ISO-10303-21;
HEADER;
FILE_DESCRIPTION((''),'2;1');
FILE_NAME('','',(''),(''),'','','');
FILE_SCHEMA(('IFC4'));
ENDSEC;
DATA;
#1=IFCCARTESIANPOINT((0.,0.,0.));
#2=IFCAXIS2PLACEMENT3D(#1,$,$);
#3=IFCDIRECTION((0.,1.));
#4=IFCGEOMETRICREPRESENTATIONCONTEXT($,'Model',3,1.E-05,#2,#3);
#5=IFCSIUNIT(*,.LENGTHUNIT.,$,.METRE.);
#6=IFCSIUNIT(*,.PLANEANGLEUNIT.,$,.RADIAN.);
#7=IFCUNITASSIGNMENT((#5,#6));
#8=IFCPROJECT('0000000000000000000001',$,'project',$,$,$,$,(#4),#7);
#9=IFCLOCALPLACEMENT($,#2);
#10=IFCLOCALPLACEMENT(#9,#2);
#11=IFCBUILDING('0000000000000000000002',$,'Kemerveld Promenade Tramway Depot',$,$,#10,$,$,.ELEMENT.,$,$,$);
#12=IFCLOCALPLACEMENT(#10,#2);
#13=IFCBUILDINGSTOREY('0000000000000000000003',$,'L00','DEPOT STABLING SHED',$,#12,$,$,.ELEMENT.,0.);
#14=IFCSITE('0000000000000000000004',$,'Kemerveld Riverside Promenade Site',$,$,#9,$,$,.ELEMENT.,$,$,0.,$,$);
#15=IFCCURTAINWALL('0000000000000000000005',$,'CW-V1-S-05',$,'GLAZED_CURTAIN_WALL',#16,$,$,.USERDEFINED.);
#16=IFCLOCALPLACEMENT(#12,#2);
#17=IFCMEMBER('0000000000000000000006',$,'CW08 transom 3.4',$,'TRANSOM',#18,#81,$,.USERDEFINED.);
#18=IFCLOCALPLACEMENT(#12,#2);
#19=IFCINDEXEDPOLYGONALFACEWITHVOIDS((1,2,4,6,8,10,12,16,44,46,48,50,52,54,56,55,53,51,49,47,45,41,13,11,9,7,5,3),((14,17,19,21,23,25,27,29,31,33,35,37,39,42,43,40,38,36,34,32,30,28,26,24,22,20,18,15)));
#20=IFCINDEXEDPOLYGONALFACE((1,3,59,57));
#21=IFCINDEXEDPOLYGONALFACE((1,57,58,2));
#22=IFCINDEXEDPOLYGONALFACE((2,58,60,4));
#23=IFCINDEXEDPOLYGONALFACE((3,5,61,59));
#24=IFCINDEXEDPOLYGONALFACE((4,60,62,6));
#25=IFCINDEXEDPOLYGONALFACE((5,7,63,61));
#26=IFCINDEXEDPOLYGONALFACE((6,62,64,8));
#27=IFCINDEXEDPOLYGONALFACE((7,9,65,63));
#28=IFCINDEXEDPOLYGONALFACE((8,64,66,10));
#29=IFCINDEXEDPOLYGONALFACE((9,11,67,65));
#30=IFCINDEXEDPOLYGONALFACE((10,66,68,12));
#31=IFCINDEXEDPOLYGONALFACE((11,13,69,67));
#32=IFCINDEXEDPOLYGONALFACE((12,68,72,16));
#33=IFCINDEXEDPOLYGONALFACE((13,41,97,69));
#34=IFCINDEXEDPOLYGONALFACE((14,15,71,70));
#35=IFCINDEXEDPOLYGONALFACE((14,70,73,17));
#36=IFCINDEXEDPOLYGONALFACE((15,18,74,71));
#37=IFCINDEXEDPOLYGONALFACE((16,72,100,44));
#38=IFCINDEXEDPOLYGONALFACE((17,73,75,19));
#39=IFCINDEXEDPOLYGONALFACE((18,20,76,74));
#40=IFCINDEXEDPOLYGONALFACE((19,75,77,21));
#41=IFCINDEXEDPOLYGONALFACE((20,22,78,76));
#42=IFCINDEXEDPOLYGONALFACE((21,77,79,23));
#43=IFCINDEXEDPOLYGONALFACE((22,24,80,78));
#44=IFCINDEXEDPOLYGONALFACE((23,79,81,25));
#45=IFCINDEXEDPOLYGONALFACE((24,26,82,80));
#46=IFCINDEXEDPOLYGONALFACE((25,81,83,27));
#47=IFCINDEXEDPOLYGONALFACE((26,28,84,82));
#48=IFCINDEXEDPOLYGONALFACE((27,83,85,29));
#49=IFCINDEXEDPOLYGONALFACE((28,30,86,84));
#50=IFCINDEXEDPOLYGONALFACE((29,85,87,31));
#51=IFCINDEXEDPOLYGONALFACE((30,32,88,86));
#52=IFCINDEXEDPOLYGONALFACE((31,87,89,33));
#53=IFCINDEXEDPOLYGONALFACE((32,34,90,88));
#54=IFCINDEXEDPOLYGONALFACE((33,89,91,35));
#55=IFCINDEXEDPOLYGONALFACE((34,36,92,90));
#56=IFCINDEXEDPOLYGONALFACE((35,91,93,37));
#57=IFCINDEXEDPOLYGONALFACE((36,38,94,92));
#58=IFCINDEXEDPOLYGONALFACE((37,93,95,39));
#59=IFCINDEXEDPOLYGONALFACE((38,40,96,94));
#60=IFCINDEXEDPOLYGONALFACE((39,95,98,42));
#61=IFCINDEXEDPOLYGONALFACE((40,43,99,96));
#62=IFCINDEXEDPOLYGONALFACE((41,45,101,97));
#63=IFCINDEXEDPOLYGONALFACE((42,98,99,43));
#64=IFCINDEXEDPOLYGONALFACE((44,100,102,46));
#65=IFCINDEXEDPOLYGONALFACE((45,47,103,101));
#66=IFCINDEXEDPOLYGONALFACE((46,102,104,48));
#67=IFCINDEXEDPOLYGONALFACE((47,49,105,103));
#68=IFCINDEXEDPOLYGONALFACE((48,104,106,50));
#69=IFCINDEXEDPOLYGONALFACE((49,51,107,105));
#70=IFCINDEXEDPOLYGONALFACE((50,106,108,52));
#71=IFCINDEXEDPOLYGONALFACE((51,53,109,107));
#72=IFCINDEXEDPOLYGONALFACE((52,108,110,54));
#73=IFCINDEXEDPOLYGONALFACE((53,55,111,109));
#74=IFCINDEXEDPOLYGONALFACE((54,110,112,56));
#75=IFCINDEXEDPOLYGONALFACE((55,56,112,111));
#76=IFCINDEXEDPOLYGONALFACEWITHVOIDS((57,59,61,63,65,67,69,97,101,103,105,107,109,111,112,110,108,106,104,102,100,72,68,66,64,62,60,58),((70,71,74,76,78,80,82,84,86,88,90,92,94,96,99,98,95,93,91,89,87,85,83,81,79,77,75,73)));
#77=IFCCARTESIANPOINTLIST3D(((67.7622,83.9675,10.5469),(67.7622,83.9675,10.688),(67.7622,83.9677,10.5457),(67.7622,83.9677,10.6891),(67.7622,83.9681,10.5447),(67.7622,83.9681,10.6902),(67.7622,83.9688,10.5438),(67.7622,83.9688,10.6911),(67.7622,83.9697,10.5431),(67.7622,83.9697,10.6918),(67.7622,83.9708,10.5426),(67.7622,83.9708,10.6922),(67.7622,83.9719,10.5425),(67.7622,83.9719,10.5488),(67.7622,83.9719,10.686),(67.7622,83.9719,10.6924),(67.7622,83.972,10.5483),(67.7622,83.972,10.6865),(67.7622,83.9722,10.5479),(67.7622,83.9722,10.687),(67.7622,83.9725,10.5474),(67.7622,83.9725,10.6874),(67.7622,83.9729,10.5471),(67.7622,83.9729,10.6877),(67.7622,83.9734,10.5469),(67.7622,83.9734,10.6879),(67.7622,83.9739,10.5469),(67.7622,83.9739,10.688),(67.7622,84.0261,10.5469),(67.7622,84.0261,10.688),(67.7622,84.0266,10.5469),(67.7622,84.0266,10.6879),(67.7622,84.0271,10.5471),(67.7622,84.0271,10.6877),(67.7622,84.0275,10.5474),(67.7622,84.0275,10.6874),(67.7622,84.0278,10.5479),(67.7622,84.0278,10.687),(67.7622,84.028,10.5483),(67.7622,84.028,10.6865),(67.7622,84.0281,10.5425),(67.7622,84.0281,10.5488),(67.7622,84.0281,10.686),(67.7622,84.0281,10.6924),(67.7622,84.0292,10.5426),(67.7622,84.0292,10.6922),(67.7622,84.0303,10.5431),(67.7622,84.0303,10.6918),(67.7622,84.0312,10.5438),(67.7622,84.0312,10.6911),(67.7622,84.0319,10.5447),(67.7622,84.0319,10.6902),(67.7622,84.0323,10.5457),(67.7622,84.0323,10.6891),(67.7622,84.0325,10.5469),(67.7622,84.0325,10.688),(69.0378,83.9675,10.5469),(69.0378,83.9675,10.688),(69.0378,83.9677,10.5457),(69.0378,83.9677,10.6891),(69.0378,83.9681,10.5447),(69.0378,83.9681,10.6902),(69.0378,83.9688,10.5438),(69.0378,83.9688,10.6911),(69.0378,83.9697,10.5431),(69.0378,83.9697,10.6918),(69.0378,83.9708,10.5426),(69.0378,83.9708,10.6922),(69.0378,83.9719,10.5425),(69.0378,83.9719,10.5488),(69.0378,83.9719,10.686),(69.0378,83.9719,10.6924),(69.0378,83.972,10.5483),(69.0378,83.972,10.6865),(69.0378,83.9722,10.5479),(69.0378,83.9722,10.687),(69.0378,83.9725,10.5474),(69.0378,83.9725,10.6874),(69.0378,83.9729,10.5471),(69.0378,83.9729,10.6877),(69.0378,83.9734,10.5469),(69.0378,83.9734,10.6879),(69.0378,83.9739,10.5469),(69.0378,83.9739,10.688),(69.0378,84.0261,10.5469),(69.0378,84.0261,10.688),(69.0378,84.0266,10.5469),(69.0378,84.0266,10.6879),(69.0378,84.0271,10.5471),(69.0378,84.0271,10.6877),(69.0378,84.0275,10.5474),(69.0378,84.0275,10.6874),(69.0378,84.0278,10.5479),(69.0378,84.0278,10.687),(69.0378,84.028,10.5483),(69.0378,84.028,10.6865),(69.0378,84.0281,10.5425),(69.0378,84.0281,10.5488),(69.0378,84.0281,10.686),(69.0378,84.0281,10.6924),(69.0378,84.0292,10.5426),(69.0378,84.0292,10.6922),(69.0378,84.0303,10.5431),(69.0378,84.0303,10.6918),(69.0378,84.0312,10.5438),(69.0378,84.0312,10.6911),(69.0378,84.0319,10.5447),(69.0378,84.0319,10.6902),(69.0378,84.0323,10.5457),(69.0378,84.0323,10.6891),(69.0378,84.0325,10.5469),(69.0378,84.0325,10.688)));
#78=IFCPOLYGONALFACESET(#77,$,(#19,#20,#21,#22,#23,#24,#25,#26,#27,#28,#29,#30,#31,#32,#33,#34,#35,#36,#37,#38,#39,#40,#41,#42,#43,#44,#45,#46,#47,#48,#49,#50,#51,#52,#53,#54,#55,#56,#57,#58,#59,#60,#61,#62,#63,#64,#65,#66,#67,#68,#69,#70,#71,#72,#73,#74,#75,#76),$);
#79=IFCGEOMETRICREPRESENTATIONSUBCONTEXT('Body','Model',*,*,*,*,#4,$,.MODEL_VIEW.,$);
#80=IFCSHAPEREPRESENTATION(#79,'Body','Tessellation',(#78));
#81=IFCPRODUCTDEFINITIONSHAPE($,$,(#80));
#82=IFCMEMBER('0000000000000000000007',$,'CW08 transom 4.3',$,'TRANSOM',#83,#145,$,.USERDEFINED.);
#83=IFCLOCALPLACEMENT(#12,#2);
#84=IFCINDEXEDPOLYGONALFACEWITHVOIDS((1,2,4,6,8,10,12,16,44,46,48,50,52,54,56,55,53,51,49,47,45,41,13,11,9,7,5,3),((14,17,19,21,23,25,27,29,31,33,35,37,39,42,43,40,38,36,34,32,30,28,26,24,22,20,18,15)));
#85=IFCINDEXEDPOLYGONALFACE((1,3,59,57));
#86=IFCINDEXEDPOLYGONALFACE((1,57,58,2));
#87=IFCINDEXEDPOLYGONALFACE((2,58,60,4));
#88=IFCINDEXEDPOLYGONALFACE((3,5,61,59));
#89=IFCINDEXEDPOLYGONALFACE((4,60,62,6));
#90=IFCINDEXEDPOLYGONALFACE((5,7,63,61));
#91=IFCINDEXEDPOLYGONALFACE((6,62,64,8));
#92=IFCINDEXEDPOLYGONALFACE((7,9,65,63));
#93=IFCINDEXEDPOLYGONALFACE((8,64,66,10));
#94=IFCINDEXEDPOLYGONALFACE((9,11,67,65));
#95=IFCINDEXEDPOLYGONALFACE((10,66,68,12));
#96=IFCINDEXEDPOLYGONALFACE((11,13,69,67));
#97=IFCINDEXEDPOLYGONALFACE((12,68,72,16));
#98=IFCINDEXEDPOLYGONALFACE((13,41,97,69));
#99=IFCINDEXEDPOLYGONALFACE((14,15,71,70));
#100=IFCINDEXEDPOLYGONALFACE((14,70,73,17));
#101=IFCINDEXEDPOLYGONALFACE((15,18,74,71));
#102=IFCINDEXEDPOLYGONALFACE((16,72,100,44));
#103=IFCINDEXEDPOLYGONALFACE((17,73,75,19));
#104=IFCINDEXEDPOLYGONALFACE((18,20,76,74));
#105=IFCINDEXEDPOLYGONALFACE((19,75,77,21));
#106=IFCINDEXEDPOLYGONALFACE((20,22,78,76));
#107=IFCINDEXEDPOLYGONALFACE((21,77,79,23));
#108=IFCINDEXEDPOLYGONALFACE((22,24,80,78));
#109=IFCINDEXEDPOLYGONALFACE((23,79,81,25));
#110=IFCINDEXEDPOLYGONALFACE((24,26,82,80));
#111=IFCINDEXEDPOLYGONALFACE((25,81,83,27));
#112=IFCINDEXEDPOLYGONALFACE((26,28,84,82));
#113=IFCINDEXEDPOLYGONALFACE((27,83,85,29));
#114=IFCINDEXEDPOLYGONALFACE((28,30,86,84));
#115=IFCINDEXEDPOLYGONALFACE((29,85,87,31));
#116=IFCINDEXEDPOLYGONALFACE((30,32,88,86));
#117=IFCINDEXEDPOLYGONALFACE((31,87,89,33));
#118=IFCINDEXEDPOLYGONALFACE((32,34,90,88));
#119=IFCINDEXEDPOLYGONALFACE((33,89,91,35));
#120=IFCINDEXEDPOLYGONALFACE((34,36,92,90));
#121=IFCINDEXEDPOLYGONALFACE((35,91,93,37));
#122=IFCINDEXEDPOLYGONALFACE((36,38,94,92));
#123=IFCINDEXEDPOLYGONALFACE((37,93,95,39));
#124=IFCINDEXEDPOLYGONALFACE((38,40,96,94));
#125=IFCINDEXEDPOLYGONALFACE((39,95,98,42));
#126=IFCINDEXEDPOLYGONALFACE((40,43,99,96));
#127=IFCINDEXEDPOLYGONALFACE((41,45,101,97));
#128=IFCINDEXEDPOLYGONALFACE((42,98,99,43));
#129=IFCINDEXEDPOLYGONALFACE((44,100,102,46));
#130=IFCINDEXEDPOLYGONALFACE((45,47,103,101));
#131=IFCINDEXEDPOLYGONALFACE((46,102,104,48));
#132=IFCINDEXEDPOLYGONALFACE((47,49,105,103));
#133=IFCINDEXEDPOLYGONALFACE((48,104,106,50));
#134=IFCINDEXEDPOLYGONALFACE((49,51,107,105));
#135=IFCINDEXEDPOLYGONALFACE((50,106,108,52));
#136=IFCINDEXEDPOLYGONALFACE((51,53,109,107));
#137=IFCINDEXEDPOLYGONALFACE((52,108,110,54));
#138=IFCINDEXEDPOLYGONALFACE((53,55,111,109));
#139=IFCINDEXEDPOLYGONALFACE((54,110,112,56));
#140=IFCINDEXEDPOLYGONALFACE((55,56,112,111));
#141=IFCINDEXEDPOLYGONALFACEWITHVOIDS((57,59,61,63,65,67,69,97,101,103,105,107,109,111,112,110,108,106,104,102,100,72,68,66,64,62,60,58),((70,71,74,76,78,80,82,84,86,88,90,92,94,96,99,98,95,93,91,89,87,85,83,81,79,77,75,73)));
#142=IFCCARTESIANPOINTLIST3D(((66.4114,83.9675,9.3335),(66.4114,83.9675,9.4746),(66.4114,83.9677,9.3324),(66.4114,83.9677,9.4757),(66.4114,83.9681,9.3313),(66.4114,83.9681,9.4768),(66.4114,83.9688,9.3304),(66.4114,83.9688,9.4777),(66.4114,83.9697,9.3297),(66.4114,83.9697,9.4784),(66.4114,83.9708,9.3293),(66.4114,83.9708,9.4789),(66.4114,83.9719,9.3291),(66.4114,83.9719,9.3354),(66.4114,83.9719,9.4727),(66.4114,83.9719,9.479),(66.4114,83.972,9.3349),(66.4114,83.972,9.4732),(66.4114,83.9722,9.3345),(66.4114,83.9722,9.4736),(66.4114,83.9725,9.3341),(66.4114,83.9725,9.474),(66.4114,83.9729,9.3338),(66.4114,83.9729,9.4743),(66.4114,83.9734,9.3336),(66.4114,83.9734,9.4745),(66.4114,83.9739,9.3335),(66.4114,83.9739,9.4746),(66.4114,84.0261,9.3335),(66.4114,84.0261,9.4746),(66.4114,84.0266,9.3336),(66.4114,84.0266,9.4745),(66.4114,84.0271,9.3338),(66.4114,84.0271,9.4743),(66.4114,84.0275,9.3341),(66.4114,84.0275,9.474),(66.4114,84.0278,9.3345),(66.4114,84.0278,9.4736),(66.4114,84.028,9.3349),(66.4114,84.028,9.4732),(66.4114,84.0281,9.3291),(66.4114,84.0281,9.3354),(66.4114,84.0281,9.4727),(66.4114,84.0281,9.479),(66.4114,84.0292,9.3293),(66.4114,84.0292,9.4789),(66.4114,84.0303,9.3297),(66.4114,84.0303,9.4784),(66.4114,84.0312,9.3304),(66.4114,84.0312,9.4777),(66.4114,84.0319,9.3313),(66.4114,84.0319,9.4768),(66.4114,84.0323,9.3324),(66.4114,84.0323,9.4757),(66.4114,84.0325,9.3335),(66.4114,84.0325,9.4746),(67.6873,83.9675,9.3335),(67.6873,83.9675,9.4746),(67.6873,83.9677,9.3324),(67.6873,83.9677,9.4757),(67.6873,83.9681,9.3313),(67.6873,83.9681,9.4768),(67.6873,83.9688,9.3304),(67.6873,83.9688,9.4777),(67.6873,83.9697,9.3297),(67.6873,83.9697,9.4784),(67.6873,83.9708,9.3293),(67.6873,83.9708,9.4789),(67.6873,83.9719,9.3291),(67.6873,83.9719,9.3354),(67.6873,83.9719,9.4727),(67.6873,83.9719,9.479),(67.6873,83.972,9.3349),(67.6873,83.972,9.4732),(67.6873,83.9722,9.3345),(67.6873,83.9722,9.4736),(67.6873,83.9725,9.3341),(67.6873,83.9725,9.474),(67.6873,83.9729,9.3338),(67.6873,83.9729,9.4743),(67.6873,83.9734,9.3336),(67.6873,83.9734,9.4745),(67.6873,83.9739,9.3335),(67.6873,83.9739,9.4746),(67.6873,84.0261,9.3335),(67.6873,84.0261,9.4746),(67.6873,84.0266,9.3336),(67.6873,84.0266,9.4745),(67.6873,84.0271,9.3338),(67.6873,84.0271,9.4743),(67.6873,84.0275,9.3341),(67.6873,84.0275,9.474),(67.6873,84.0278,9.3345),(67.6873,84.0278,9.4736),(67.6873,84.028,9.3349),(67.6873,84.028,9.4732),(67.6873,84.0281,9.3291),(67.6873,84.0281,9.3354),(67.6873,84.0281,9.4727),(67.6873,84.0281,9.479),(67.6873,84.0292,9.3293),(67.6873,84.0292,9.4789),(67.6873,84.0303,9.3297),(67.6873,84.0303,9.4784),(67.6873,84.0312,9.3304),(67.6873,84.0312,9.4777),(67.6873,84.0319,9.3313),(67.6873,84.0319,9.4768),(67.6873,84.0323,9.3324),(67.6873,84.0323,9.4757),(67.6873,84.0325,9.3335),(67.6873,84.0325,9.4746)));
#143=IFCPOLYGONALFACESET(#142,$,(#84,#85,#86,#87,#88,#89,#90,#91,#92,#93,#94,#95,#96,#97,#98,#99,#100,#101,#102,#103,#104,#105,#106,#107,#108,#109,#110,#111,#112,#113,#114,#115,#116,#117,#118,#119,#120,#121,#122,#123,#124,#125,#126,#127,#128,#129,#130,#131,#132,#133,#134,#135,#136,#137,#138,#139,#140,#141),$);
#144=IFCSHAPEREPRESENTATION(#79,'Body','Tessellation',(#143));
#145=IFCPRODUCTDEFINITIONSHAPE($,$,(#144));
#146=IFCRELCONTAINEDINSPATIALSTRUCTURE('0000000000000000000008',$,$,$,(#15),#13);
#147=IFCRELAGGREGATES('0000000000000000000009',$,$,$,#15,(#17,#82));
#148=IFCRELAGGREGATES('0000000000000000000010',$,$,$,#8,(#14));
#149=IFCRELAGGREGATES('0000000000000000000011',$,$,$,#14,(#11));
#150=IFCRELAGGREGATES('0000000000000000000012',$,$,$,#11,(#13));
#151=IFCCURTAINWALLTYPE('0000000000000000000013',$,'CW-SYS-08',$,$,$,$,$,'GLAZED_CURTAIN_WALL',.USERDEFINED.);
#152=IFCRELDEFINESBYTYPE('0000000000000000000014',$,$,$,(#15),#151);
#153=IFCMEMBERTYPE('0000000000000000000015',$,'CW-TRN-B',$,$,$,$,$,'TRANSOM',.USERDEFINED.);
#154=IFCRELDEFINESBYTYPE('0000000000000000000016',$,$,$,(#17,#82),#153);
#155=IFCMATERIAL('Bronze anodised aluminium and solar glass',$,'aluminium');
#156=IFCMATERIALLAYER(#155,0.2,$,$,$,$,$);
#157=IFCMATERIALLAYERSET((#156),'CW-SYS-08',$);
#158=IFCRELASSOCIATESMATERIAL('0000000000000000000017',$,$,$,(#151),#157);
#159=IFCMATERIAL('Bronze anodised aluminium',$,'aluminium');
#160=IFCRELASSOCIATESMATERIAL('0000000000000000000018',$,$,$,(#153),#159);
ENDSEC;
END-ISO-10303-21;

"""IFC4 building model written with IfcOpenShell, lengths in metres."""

from ifc_helpers import new_model, si_unit, direction, frame, origin, origin_2d, place, context, subcontext, project, spatial, hollow_rectangle, extrude, material, layer, layer_set, material_profile, profile_set, type_object, element, aggregate, save


model = new_model("IFC4")

# Units and contexts
model_context = context("Model", 3, precision=1e-05, world=origin(), true_north=direction((0.0, 1.0)))
body_context = subcontext(model_context, "Body", "Model", "MODEL_VIEW")
ifc_project = project(units=[si_unit("LENGTHUNIT", "METRE"), si_unit("PLANEANGLEUNIT", "RADIAN")], contexts=[model_context])

# Site, building, storey
site_placement = place(None, origin())
site = spatial("IfcSite", under=ifc_project, at=site_placement, Name="Kemerveld Riverside Promenade Site", CompositionType="ELEMENT", RefElevation=0.0)
building_placement = place(site_placement, origin())
building = spatial("IfcBuilding", under=site, at=building_placement, Name="Kemerveld Promenade Tramway Depot", CompositionType="ELEMENT")
storey_placement = place(building_placement, origin())
storey = spatial("IfcBuildingStorey", under=building, at=storey_placement, Name="L00", Description="DEPOT STABLING SHED", CompositionType="ELEMENT", Elevation=0.0)

# Curtain wall, members
ifc_material_1 = material(Name="Bronze anodised aluminium and solar glass", Category="aluminium")
ifc_material_2 = material(Name="Bronze anodised aluminium", Category="aluminium")
ifc_layer_1 = layer(ifc_material_1, 0.2)
ifc_layer_set_1 = layer_set([ifc_layer_1], Name="CW-SYS-08")
curtain_wall_type_1 = type_object("IfcCurtainWallType", Name="CW-SYS-08", ElementType="GLAZED_CURTAIN_WALL", PredefinedType="USERDEFINED", material=ifc_layer_set_1)
curtain_wall_1_placement = place(storey_placement, origin())
curtain_wall_1 = element("IfcCurtainWall", 1, at=curtain_wall_1_placement, inside=storey, type_object=curtain_wall_type_1, Name="CW-V1-S-05", ObjectType="GLAZED_CURTAIN_WALL", PredefinedType="USERDEFINED")
ifc_material_profile_1 = material_profile(ifc_material_2, hollow_rectangle(XDim=0.0649, YDim=0.1499, WallThickness=0.0044, InnerFilletRadius=0.002, OuterFilletRadius=0.0044, at=origin_2d()), Name="CW-TRN-150x65")
ifc_profile_set_1 = profile_set([ifc_material_profile_1], Name="Bronze anodised aluminium")
member_type_1 = type_object("IfcMemberType", Name="CW-TRN-B", ElementType="TRANSOM", PredefinedType="USERDEFINED", material=ifc_profile_set_1)
member_1_placement = place(storey_placement, frame((69.0378, 84.0, 10.6174), z_axis=(-1.0, 0.0, 0.0), x_axis=(0.0, -1.0, 0.0)))
member_1 = element("IfcMember", 2, at=member_1_placement, type_object=member_type_1, Name="CW08 transom 3.4", ObjectType="TRANSOM", PredefinedType="USERDEFINED", context=body_context, shape_type="SweptSolid", body=[
    extrude(hollow_rectangle(XDim=0.0649, YDim=0.1499, WallThickness=0.0044, InnerFilletRadius=0.002, OuterFilletRadius=0.0044, at=origin_2d()), origin(), (0.0, 0.0, 1.0), 1.2756),
])
member_2_placement = place(storey_placement, frame((67.6873, 84.0, 9.4041), z_axis=(-1.0, 0.0, 0.0), x_axis=(0.0, -1.0, 0.0)))
member_2 = element("IfcMember", 3, at=member_2_placement, type_object=member_type_1, Name="CW08 transom 4.3", ObjectType="TRANSOM", PredefinedType="USERDEFINED", context=body_context, shape_type="SweptSolid", body=[
    extrude(hollow_rectangle(XDim=0.0649, YDim=0.1499, WallThickness=0.0044, InnerFilletRadius=0.002, OuterFilletRadius=0.0044, at=origin_2d()), origin(), (0.0, 0.0, 1.0), 1.2759),
])

aggregate(curtain_wall_1, [member_1, member_2])

save(model, "model.ifc")
